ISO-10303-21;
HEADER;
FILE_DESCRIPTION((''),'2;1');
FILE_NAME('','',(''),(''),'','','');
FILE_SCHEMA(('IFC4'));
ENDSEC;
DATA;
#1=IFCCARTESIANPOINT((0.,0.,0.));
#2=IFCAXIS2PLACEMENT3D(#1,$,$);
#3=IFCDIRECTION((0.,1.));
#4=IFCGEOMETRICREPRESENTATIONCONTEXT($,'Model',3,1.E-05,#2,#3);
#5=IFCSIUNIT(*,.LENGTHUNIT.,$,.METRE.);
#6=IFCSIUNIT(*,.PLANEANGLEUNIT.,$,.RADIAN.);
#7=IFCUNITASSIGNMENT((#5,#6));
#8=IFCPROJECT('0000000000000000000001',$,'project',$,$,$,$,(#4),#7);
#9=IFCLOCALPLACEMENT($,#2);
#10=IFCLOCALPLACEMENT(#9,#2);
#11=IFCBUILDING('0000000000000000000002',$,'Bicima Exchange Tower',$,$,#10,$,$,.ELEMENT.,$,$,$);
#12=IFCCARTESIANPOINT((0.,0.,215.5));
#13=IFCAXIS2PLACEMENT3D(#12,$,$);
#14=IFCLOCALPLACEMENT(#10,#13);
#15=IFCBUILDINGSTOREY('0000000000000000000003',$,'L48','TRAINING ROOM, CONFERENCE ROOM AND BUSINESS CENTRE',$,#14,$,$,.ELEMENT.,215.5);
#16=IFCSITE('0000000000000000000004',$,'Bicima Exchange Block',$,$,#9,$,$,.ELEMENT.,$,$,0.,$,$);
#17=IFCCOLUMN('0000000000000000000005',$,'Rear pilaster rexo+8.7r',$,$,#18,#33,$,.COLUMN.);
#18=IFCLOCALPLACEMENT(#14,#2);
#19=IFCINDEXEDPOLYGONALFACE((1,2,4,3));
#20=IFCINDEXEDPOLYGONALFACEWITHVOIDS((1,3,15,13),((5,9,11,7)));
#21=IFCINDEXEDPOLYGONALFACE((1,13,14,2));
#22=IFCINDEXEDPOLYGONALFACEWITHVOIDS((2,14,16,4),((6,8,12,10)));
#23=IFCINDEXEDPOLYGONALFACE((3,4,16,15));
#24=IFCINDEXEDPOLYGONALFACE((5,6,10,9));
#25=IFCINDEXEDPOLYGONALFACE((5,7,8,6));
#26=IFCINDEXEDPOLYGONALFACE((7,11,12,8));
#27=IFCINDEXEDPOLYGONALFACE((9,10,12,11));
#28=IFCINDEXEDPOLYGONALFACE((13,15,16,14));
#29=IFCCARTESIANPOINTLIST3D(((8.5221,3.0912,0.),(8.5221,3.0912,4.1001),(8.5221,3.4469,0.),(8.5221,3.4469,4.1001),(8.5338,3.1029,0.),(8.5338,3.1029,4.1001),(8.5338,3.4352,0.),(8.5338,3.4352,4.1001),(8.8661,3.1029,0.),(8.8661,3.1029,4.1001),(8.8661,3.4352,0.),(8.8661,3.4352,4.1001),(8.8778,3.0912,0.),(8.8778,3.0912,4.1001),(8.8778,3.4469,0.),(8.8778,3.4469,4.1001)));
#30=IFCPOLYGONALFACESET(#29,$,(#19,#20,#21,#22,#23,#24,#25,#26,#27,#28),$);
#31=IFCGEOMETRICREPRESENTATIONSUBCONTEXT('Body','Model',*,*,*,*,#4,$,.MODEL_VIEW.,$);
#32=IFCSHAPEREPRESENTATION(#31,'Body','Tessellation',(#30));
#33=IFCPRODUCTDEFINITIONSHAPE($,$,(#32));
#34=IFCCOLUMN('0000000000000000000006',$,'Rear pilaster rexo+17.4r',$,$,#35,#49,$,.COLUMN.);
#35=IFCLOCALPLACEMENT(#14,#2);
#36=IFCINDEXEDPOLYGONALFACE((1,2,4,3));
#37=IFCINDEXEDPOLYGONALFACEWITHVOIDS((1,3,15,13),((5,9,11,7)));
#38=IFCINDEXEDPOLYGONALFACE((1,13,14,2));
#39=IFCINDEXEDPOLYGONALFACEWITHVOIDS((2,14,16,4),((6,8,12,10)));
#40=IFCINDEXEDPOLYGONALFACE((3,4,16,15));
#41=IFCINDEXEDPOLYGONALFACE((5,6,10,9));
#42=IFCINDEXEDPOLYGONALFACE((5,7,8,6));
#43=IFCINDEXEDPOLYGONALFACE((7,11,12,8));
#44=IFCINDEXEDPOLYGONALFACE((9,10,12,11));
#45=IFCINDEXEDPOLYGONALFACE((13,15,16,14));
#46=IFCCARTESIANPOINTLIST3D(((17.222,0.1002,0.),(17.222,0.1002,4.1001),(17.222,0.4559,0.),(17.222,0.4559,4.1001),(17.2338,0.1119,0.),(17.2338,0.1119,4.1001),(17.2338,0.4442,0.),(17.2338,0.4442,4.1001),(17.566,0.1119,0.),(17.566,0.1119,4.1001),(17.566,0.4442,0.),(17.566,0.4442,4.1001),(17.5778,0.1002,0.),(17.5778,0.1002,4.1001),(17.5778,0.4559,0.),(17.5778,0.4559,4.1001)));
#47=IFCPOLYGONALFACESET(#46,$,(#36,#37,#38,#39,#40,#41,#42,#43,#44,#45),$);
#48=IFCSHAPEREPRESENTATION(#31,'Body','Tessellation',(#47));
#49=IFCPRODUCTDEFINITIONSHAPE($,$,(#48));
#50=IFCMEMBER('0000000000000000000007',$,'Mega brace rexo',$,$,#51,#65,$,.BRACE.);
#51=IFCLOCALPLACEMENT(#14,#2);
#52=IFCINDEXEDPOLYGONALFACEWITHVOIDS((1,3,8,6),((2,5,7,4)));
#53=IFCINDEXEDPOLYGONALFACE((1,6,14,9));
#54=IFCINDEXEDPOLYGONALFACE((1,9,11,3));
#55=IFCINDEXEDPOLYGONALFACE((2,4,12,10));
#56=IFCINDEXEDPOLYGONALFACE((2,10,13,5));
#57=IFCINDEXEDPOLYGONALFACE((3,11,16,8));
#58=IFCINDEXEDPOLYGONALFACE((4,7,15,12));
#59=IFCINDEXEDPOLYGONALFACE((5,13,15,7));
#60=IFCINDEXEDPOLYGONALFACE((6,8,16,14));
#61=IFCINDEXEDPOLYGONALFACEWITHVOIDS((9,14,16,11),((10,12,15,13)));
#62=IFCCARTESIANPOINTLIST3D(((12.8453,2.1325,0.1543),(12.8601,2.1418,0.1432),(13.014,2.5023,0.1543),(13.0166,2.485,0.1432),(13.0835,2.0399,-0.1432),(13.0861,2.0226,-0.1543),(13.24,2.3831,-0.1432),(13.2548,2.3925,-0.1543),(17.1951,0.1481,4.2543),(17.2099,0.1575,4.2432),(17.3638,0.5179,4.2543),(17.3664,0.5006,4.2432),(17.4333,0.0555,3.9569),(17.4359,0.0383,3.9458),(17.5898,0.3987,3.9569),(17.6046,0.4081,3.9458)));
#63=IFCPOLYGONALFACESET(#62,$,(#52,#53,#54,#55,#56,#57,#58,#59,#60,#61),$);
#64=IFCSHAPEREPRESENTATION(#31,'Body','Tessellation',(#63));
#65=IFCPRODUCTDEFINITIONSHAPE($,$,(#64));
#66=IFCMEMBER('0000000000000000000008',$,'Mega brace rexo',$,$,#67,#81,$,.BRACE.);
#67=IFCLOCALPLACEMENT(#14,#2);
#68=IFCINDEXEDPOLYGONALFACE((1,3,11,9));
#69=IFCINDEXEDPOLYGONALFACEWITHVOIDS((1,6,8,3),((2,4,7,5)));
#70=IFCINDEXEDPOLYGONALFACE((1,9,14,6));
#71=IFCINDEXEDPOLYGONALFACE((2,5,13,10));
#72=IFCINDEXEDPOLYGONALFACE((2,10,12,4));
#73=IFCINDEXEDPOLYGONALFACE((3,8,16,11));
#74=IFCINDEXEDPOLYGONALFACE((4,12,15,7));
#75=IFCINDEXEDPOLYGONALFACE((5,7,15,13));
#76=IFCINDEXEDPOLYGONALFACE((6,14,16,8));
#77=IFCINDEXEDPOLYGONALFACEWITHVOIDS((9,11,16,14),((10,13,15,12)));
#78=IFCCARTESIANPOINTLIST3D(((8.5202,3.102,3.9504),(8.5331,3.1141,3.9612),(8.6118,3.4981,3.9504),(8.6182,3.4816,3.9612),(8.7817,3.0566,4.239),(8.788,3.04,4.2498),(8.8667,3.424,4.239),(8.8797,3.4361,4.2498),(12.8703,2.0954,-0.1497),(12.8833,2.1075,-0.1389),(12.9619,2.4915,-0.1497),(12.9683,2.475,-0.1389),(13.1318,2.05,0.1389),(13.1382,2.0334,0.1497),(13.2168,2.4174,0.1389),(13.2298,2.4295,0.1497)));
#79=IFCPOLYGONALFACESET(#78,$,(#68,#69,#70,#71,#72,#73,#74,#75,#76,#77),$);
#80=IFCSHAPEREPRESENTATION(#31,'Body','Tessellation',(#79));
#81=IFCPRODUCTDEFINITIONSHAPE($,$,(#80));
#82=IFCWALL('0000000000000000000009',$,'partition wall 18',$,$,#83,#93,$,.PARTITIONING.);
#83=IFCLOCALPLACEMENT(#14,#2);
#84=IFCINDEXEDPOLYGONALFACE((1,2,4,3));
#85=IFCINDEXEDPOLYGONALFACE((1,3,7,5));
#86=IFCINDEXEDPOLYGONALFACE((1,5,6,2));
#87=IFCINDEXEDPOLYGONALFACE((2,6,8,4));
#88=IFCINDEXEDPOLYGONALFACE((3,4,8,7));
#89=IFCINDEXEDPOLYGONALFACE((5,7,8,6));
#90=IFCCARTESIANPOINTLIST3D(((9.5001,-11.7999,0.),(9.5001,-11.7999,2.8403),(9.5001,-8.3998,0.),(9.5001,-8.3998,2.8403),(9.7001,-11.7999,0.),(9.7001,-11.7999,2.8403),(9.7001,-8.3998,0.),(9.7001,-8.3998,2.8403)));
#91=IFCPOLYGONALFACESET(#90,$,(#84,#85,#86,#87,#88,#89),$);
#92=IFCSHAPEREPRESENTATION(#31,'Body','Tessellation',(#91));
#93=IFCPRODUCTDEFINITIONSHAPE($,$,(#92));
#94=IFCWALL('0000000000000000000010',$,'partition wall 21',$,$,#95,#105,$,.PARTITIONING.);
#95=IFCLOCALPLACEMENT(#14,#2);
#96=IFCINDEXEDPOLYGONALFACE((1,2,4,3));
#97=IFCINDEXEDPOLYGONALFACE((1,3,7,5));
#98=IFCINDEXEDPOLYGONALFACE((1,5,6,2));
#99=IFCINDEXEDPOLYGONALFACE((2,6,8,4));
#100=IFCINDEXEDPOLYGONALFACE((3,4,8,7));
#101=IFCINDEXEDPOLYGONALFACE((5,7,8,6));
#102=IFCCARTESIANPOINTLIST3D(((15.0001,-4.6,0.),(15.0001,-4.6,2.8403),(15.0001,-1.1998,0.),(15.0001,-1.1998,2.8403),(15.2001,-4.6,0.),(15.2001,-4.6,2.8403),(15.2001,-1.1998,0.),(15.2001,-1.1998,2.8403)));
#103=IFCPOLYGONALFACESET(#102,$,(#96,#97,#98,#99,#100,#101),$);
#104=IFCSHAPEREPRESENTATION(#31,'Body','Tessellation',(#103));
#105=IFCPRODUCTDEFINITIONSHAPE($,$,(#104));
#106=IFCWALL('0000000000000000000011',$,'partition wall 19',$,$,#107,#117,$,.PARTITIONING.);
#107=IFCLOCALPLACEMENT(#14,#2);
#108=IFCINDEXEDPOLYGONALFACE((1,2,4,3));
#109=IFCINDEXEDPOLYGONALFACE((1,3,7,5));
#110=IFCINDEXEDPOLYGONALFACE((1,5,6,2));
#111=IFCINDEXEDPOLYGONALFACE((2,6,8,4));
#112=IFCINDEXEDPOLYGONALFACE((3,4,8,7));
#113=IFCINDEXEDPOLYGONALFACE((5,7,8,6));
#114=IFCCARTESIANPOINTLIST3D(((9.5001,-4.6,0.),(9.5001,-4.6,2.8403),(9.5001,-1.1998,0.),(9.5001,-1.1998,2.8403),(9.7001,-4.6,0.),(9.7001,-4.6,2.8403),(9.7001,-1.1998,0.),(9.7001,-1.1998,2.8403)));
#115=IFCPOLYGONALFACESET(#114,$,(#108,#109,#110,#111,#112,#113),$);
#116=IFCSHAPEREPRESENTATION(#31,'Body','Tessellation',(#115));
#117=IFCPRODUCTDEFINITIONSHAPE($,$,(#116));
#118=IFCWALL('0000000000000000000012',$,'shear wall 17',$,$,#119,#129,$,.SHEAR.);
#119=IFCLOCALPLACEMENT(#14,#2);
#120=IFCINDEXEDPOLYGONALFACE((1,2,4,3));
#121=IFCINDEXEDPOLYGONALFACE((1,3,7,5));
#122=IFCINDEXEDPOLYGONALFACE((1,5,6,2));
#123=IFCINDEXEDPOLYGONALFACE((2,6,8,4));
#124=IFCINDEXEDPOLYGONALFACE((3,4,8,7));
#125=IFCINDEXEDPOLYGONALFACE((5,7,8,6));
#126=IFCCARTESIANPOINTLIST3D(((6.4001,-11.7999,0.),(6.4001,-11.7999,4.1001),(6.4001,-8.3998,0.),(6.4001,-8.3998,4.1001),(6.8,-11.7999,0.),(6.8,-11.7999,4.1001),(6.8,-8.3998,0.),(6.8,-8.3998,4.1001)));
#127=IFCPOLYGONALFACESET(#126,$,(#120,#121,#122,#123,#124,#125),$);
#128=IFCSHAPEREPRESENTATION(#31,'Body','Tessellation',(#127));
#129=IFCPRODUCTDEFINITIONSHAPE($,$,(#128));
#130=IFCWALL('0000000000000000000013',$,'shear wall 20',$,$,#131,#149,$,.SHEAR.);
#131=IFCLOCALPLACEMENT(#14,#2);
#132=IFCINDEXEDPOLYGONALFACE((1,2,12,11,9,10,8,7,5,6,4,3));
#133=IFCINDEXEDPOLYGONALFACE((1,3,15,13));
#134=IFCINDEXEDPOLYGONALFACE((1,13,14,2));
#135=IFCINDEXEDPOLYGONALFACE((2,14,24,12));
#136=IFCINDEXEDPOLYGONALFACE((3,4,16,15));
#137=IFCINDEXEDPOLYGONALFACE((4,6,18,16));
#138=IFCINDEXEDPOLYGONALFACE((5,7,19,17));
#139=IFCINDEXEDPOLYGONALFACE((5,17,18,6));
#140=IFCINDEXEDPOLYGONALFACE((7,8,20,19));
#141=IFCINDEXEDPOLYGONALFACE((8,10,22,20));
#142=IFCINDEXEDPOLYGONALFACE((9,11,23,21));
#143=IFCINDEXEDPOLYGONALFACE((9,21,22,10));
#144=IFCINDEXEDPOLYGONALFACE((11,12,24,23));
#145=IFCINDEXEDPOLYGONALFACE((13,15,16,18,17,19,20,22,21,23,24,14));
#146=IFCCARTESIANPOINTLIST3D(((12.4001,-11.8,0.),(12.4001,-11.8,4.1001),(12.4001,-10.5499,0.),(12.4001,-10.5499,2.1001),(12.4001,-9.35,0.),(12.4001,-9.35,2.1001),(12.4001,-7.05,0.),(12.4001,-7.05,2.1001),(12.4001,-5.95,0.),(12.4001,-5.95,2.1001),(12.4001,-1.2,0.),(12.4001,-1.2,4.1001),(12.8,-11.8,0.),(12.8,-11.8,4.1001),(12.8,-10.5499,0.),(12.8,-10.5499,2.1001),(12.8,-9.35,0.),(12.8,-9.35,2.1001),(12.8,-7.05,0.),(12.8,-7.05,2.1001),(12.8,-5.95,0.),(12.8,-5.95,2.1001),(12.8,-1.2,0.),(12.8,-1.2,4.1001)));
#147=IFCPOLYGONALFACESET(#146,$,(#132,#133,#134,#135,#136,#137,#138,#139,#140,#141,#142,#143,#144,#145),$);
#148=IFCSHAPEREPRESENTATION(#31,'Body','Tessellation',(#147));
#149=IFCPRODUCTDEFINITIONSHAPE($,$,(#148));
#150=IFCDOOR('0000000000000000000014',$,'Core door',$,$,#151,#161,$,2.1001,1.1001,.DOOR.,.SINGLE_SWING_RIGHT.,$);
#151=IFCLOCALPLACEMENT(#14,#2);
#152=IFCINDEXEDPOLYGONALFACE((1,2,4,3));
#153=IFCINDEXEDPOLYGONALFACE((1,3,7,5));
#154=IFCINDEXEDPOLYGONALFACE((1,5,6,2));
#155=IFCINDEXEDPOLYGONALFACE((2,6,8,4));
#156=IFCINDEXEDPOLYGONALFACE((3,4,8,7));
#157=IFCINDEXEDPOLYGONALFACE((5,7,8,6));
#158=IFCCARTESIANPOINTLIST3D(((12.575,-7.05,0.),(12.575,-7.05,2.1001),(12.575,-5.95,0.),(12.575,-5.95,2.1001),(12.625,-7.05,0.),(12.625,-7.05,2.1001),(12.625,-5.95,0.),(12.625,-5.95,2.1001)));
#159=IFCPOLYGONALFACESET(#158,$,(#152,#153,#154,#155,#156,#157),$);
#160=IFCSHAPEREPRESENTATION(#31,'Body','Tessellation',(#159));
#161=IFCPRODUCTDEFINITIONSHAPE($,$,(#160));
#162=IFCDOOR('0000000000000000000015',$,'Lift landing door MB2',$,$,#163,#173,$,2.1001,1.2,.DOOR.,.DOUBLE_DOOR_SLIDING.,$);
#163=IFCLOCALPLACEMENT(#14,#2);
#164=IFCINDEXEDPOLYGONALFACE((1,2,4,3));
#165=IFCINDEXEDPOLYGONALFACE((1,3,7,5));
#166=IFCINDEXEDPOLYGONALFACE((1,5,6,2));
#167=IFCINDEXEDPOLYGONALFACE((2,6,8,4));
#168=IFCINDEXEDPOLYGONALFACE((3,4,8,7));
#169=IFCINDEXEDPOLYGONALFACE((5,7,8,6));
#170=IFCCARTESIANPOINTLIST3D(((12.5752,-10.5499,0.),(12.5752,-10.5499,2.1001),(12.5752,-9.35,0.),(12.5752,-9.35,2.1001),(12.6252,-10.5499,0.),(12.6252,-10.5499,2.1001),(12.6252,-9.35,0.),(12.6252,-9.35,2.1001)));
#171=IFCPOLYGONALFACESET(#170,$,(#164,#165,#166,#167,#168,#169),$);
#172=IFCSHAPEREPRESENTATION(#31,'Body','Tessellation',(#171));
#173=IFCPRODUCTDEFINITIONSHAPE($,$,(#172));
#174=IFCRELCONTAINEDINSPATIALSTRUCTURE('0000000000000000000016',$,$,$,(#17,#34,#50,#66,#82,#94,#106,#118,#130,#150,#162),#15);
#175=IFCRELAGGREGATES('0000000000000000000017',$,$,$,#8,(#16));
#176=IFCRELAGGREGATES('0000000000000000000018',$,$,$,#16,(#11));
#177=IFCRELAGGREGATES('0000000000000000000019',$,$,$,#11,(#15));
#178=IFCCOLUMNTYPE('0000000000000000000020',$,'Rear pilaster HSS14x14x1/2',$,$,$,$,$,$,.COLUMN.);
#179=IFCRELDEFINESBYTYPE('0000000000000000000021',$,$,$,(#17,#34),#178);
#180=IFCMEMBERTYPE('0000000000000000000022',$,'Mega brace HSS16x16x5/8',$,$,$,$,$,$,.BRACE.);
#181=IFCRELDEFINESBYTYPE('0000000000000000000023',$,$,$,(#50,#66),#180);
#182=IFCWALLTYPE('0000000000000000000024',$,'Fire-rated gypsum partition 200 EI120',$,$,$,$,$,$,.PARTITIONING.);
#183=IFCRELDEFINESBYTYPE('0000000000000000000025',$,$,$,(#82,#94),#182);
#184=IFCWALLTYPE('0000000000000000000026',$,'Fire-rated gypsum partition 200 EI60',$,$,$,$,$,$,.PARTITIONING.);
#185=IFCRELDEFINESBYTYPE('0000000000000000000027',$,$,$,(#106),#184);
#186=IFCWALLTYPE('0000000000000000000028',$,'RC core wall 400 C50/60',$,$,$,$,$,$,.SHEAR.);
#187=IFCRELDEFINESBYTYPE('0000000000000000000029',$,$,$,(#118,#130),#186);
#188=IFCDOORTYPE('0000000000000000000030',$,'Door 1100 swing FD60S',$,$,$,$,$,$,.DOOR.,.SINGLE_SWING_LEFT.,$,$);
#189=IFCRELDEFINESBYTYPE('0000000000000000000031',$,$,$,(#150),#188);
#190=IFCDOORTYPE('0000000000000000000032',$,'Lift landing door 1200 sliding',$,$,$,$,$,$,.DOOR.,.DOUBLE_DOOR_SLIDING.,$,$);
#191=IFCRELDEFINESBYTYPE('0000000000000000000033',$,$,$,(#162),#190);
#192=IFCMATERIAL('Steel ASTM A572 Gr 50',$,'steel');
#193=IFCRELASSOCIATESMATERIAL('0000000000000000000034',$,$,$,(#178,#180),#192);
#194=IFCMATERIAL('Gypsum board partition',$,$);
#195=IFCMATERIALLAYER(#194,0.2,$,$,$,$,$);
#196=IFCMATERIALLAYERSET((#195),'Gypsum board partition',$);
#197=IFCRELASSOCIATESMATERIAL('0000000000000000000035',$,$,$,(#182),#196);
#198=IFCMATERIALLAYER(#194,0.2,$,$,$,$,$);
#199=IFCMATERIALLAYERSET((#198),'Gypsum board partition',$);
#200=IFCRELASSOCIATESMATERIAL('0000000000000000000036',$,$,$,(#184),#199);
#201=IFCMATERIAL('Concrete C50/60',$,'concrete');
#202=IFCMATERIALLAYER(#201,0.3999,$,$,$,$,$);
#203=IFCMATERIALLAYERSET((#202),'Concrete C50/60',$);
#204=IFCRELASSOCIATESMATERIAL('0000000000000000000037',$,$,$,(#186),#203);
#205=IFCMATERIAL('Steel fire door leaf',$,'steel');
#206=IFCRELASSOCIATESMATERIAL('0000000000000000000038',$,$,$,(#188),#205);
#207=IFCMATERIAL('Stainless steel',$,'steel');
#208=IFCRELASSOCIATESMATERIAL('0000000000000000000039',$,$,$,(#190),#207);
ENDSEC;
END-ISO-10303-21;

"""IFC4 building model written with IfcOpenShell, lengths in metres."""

from ifc_helpers import new_model, si_unit, direction, frame, frame_2d, origin, origin_2d, place, context, subcontext, project, spatial, rectangle, hollow_rectangle, extrude, material, layer, layer_set, material_profile, profile_set, type_object, element, fill, save


model = new_model("IFC4")

# Units and contexts
model_context = context("Model", 3, precision=1e-05, world=origin(), true_north=direction((0.0, 1.0)))
body_context = subcontext(model_context, "Body", "Model", "MODEL_VIEW")
ifc_project = project(units=[si_unit("LENGTHUNIT", "METRE"), si_unit("PLANEANGLEUNIT", "RADIAN")], contexts=[model_context])

# Site, building, storey
site_placement = place(None, origin())
site = spatial("IfcSite", under=ifc_project, at=site_placement, Name="Bicima Exchange Block", CompositionType="ELEMENT", RefElevation=0.0)
building_placement = place(site_placement, origin())
building = spatial("IfcBuilding", under=site, at=building_placement, Name="Bicima Exchange Tower", CompositionType="ELEMENT")
storey_placement = place(building_placement, frame((0.0, 0.0, 215.5)))
storey = spatial("IfcBuildingStorey", under=building, at=storey_placement, Name="L48", Description="TRAINING ROOM, CONFERENCE ROOM AND BUSINESS CENTRE", CompositionType="ELEMENT", Elevation=215.5)

# Columns
ifc_material_1 = material(Name="Steel ASTM A572 Gr 50", Category="steel")
ifc_material_profile_1 = material_profile(ifc_material_1, hollow_rectangle(XDim=0.3557, YDim=0.3557, WallThickness=0.0117, at=origin_2d()))
ifc_profile_set_1 = profile_set([ifc_material_profile_1], Name="Steel ASTM A572 Gr 50")
column_type = type_object("IfcColumnType", Name="Rear pilaster HSS14x14x1/2", PredefinedType="COLUMN", material=ifc_profile_set_1)
for number, where, z_axis, x_axis, name in (
    (1, (8.7, 3.269, 0.0), (0.0, 0.0, 1.0), (1.0, 0.0, 0.0), "Rear pilaster rexo+8.7r"),
    (2, (17.3999, 0.2781, 0.0), (0.0, 0.0, 1.0), (1.0, 0.0, 0.0), "Rear pilaster rexo+17.4r"),
):
    element("IfcColumn", number, at=place(storey_placement, frame(where, z_axis=z_axis, x_axis=x_axis)), inside=storey, type_object=column_type, Name=name, PredefinedType="COLUMN", context=body_context, shape_type="SweptSolid", body=[
        extrude(hollow_rectangle(XDim=0.3557, YDim=0.3557, WallThickness=0.0117, at=origin_2d()), origin(), (0.0, 0.0, 1.0), 4.1001),
    ])

# Members
ifc_material_profile_2 = material_profile(ifc_material_1, hollow_rectangle(XDim=0.4065, YDim=0.4065, WallThickness=0.0146, at=origin_2d()))
ifc_profile_set_2 = profile_set([ifc_material_profile_2], Name="Steel ASTM A572 Gr 50")
member_type = type_object("IfcMemberType", Name="Mega brace HSS16x16x5/8", PredefinedType="BRACE", material=ifc_profile_set_2)
member_1_placement = place(storey_placement, frame((13.05, 2.2625, 0.0), z_axis=(0.690629, -0.31506, 0.650975), x_axis=(0.415045, 0.909801, 0.0)))
element("IfcMember", 3, at=member_1_placement, inside=storey, type_object=member_type, Name="Mega brace rexo", PredefinedType="BRACE", context=body_context, shape_type="SweptSolid", body=[
    extrude(hollow_rectangle(XDim=0.4065, YDim=0.4065, WallThickness=0.0146, at=origin_2d()), origin(), (0.0, 0.0, 1.0), 6.2983),
])
member_2_placement = place(storey_placement, frame((13.05, 2.2625, 0.0), z_axis=(-0.717606, 0.166051, 0.676365), x_axis=(-0.225439, -0.974257, 0.0)))
element("IfcMember", 4, at=member_2_placement, inside=storey, type_object=member_type, Name="Mega brace rexo", PredefinedType="BRACE", context=body_context, shape_type="SweptSolid", body=[
    extrude(hollow_rectangle(XDim=0.4065, YDim=0.4065, WallThickness=0.0146, at=origin_2d()), origin(), (0.0, 0.0, 1.0), 6.062),
])

# Walls
ifc_material_2 = material(Name="Gypsum board partition")
ifc_layer_1 = layer(ifc_material_2, 0.2)
ifc_layer_set_1 = layer_set([ifc_layer_1], Name="Gypsum board partition")
wall_type_1 = type_object("IfcWallType", Name="Fire-rated gypsum partition 200 EI120", PredefinedType="PARTITIONING", material=ifc_layer_set_1)
for number, where, z_axis, x_axis, name in (
    (5, (9.6001, -11.8, 0.0), (0.0, 0.0, 1.0), (0.0, 1.0, 0.0), "partition wall 18"),
    (6, (15.1001, -4.6001, 0.0), (0.0, 0.0, 1.0), (0.0, 1.0, 0.0), "partition wall 21"),
):
    element("IfcWall", number, at=place(storey_placement, frame(where, z_axis=z_axis, x_axis=x_axis)), inside=storey, type_object=wall_type_1, Name=name, PredefinedType="PARTITIONING", context=body_context, shape_type="SweptSolid", body=[
        extrude(rectangle(XDim=3.4001, YDim=0.2, at=frame_2d((1.7002, 0.0))), origin(), (0.0, 0.0, 1.0), 2.8403),
    ])
ifc_layer_2 = layer(ifc_material_2, 0.2)
ifc_layer_set_2 = layer_set([ifc_layer_2], Name="Gypsum board partition")
wall_type_2 = type_object("IfcWallType", Name="Fire-rated gypsum partition 200 EI60", PredefinedType="PARTITIONING", material=ifc_layer_set_2)
wall_1_placement = place(storey_placement, frame((9.6001, -4.6001, 0.0), z_axis=(0.0, 0.0, 1.0), x_axis=(0.0, 1.0, 0.0)))
element("IfcWall", 7, at=wall_1_placement, inside=storey, type_object=wall_type_2, Name="partition wall 19", PredefinedType="PARTITIONING", context=body_context, shape_type="SweptSolid", body=[
    extrude(rectangle(XDim=3.4001, YDim=0.2, at=frame_2d((1.7002, 0.0))), origin(), (0.0, 0.0, 1.0), 2.8403),
])
ifc_material_3 = material(Name="Concrete C50/60", Category="concrete")
ifc_layer_3 = layer(ifc_material_3, 0.3999)
ifc_layer_set_3 = layer_set([ifc_layer_3], Name="Concrete C50/60")
wall_type_3 = type_object("IfcWallType", Name="RC core wall 400 C50/60", PredefinedType="SHEAR", material=ifc_layer_set_3)
wall_2_placement = place(storey_placement, frame((6.6001, -11.8, 0.0), z_axis=(0.0, 0.0, 1.0), x_axis=(0.0, 1.0, 0.0)))
element("IfcWall", 8, at=wall_2_placement, inside=storey, type_object=wall_type_3, Name="shear wall 17", PredefinedType="SHEAR", context=body_context, shape_type="SweptSolid", body=[
    extrude(rectangle(XDim=3.4001, YDim=0.3999, at=frame_2d((1.7002, 0.0))), origin(), (0.0, 0.0, 1.0), 4.1001),
])

# Wall, openings, doors
wall_3_placement = place(storey_placement, frame((12.6001, -11.8, 0.0), z_axis=(0.0, 0.0, 1.0), x_axis=(0.0, 1.0, 0.0)))
wall_3 = element("IfcWall", 9, at=wall_3_placement, inside=storey, type_object=wall_type_3, Name="shear wall 20", PredefinedType="SHEAR", context=body_context, shape_type="SweptSolid", body=[
    extrude(rectangle(XDim=10.6001, YDim=0.3999, at=frame_2d((5.3, 0.0))), origin(), (0.0, 0.0, 1.0), 4.1001),
])
opening_1_placement = place(wall_3_placement, frame((1.25, 0.0, 0.0)))
opening_1 = element("IfcOpeningElement", 10, at=opening_1_placement, cuts=wall_3, PredefinedType="OPENING", context=body_context, shape_type="SweptSolid", body=[
    extrude(rectangle(XDim=1.2, YDim=2.1001, at=frame_2d((0.6001, 1.05))), frame((0.0, 0.2119, 0.0), z_axis=(0.0, -1.0, 0.0), x_axis=(1.0, 0.0, 0.0)), (0.0, 0.0, 1.0), 0.4238),
])
opening_2_placement = place(wall_3_placement, frame((4.75, 0.0, 0.0)))
opening_2 = element("IfcOpeningElement", 11, at=opening_2_placement, cuts=wall_3, PredefinedType="OPENING", context=body_context, shape_type="SweptSolid", body=[
    extrude(rectangle(XDim=1.1001, YDim=2.1001, at=frame_2d((0.55, 1.05))), frame((0.0, 0.2119, 0.0), z_axis=(0.0, -1.0, 0.0), x_axis=(1.0, 0.0, 0.0)), (0.0, 0.0, 1.0), 0.4238),
])
ifc_material_4 = material(Name="Steel fire door leaf", Category="steel")
door_type_1 = type_object("IfcDoorType", Name="Door 1100 swing FD60S", OperationType="SINGLE_SWING_LEFT", PredefinedType="DOOR", material=ifc_material_4)
door_1_placement = place(opening_2_placement, frame((1.1001, 0.0, 0.0), z_axis=(0.0, 0.0, 1.0), x_axis=(-1.0, 0.0, 0.0)))
door_1 = element("IfcDoor", 12, at=door_1_placement, inside=storey, type_object=door_type_1, Name="Core door", OperationType="SINGLE_SWING_RIGHT", OverallHeight=2.1001, OverallWidth=1.1001, PredefinedType="DOOR", context=body_context, shape_type="SweptSolid", body=[
    extrude(rectangle(XDim=1.1001, YDim=2.1001, at=frame_2d((0.55, 1.05))), frame((0.0, 0.0249, 0.0), z_axis=(0.0, -1.0, 0.0), x_axis=(1.0, 0.0, 0.0)), (0.0, 0.0, 1.0), 0.05),
])
fill(opening_2, door_1)
ifc_material_5 = material(Name="Stainless steel", Category="steel")
door_type_2 = type_object("IfcDoorType", Name="Lift landing door 1200 sliding", OperationType="DOUBLE_DOOR_SLIDING", PredefinedType="DOOR", material=ifc_material_5)
door_2_placement = place(opening_1_placement, origin())
door_2 = element("IfcDoor", 13, at=door_2_placement, inside=storey, type_object=door_type_2, Name="Lift landing door MB2", OperationType="DOUBLE_DOOR_SLIDING", OverallHeight=2.1001, OverallWidth=1.2, PredefinedType="DOOR", context=body_context, shape_type="SweptSolid", body=[
    extrude(rectangle(XDim=1.2, YDim=2.1001, at=frame_2d((0.6001, 1.05))), frame((0.0, 0.0249, 0.0), z_axis=(0.0, -1.0, 0.0), x_axis=(1.0, 0.0, 0.0)), (0.0, 0.0, 1.0), 0.05),
])
fill(opening_1, door_2)

save(model, "model.ifc")
